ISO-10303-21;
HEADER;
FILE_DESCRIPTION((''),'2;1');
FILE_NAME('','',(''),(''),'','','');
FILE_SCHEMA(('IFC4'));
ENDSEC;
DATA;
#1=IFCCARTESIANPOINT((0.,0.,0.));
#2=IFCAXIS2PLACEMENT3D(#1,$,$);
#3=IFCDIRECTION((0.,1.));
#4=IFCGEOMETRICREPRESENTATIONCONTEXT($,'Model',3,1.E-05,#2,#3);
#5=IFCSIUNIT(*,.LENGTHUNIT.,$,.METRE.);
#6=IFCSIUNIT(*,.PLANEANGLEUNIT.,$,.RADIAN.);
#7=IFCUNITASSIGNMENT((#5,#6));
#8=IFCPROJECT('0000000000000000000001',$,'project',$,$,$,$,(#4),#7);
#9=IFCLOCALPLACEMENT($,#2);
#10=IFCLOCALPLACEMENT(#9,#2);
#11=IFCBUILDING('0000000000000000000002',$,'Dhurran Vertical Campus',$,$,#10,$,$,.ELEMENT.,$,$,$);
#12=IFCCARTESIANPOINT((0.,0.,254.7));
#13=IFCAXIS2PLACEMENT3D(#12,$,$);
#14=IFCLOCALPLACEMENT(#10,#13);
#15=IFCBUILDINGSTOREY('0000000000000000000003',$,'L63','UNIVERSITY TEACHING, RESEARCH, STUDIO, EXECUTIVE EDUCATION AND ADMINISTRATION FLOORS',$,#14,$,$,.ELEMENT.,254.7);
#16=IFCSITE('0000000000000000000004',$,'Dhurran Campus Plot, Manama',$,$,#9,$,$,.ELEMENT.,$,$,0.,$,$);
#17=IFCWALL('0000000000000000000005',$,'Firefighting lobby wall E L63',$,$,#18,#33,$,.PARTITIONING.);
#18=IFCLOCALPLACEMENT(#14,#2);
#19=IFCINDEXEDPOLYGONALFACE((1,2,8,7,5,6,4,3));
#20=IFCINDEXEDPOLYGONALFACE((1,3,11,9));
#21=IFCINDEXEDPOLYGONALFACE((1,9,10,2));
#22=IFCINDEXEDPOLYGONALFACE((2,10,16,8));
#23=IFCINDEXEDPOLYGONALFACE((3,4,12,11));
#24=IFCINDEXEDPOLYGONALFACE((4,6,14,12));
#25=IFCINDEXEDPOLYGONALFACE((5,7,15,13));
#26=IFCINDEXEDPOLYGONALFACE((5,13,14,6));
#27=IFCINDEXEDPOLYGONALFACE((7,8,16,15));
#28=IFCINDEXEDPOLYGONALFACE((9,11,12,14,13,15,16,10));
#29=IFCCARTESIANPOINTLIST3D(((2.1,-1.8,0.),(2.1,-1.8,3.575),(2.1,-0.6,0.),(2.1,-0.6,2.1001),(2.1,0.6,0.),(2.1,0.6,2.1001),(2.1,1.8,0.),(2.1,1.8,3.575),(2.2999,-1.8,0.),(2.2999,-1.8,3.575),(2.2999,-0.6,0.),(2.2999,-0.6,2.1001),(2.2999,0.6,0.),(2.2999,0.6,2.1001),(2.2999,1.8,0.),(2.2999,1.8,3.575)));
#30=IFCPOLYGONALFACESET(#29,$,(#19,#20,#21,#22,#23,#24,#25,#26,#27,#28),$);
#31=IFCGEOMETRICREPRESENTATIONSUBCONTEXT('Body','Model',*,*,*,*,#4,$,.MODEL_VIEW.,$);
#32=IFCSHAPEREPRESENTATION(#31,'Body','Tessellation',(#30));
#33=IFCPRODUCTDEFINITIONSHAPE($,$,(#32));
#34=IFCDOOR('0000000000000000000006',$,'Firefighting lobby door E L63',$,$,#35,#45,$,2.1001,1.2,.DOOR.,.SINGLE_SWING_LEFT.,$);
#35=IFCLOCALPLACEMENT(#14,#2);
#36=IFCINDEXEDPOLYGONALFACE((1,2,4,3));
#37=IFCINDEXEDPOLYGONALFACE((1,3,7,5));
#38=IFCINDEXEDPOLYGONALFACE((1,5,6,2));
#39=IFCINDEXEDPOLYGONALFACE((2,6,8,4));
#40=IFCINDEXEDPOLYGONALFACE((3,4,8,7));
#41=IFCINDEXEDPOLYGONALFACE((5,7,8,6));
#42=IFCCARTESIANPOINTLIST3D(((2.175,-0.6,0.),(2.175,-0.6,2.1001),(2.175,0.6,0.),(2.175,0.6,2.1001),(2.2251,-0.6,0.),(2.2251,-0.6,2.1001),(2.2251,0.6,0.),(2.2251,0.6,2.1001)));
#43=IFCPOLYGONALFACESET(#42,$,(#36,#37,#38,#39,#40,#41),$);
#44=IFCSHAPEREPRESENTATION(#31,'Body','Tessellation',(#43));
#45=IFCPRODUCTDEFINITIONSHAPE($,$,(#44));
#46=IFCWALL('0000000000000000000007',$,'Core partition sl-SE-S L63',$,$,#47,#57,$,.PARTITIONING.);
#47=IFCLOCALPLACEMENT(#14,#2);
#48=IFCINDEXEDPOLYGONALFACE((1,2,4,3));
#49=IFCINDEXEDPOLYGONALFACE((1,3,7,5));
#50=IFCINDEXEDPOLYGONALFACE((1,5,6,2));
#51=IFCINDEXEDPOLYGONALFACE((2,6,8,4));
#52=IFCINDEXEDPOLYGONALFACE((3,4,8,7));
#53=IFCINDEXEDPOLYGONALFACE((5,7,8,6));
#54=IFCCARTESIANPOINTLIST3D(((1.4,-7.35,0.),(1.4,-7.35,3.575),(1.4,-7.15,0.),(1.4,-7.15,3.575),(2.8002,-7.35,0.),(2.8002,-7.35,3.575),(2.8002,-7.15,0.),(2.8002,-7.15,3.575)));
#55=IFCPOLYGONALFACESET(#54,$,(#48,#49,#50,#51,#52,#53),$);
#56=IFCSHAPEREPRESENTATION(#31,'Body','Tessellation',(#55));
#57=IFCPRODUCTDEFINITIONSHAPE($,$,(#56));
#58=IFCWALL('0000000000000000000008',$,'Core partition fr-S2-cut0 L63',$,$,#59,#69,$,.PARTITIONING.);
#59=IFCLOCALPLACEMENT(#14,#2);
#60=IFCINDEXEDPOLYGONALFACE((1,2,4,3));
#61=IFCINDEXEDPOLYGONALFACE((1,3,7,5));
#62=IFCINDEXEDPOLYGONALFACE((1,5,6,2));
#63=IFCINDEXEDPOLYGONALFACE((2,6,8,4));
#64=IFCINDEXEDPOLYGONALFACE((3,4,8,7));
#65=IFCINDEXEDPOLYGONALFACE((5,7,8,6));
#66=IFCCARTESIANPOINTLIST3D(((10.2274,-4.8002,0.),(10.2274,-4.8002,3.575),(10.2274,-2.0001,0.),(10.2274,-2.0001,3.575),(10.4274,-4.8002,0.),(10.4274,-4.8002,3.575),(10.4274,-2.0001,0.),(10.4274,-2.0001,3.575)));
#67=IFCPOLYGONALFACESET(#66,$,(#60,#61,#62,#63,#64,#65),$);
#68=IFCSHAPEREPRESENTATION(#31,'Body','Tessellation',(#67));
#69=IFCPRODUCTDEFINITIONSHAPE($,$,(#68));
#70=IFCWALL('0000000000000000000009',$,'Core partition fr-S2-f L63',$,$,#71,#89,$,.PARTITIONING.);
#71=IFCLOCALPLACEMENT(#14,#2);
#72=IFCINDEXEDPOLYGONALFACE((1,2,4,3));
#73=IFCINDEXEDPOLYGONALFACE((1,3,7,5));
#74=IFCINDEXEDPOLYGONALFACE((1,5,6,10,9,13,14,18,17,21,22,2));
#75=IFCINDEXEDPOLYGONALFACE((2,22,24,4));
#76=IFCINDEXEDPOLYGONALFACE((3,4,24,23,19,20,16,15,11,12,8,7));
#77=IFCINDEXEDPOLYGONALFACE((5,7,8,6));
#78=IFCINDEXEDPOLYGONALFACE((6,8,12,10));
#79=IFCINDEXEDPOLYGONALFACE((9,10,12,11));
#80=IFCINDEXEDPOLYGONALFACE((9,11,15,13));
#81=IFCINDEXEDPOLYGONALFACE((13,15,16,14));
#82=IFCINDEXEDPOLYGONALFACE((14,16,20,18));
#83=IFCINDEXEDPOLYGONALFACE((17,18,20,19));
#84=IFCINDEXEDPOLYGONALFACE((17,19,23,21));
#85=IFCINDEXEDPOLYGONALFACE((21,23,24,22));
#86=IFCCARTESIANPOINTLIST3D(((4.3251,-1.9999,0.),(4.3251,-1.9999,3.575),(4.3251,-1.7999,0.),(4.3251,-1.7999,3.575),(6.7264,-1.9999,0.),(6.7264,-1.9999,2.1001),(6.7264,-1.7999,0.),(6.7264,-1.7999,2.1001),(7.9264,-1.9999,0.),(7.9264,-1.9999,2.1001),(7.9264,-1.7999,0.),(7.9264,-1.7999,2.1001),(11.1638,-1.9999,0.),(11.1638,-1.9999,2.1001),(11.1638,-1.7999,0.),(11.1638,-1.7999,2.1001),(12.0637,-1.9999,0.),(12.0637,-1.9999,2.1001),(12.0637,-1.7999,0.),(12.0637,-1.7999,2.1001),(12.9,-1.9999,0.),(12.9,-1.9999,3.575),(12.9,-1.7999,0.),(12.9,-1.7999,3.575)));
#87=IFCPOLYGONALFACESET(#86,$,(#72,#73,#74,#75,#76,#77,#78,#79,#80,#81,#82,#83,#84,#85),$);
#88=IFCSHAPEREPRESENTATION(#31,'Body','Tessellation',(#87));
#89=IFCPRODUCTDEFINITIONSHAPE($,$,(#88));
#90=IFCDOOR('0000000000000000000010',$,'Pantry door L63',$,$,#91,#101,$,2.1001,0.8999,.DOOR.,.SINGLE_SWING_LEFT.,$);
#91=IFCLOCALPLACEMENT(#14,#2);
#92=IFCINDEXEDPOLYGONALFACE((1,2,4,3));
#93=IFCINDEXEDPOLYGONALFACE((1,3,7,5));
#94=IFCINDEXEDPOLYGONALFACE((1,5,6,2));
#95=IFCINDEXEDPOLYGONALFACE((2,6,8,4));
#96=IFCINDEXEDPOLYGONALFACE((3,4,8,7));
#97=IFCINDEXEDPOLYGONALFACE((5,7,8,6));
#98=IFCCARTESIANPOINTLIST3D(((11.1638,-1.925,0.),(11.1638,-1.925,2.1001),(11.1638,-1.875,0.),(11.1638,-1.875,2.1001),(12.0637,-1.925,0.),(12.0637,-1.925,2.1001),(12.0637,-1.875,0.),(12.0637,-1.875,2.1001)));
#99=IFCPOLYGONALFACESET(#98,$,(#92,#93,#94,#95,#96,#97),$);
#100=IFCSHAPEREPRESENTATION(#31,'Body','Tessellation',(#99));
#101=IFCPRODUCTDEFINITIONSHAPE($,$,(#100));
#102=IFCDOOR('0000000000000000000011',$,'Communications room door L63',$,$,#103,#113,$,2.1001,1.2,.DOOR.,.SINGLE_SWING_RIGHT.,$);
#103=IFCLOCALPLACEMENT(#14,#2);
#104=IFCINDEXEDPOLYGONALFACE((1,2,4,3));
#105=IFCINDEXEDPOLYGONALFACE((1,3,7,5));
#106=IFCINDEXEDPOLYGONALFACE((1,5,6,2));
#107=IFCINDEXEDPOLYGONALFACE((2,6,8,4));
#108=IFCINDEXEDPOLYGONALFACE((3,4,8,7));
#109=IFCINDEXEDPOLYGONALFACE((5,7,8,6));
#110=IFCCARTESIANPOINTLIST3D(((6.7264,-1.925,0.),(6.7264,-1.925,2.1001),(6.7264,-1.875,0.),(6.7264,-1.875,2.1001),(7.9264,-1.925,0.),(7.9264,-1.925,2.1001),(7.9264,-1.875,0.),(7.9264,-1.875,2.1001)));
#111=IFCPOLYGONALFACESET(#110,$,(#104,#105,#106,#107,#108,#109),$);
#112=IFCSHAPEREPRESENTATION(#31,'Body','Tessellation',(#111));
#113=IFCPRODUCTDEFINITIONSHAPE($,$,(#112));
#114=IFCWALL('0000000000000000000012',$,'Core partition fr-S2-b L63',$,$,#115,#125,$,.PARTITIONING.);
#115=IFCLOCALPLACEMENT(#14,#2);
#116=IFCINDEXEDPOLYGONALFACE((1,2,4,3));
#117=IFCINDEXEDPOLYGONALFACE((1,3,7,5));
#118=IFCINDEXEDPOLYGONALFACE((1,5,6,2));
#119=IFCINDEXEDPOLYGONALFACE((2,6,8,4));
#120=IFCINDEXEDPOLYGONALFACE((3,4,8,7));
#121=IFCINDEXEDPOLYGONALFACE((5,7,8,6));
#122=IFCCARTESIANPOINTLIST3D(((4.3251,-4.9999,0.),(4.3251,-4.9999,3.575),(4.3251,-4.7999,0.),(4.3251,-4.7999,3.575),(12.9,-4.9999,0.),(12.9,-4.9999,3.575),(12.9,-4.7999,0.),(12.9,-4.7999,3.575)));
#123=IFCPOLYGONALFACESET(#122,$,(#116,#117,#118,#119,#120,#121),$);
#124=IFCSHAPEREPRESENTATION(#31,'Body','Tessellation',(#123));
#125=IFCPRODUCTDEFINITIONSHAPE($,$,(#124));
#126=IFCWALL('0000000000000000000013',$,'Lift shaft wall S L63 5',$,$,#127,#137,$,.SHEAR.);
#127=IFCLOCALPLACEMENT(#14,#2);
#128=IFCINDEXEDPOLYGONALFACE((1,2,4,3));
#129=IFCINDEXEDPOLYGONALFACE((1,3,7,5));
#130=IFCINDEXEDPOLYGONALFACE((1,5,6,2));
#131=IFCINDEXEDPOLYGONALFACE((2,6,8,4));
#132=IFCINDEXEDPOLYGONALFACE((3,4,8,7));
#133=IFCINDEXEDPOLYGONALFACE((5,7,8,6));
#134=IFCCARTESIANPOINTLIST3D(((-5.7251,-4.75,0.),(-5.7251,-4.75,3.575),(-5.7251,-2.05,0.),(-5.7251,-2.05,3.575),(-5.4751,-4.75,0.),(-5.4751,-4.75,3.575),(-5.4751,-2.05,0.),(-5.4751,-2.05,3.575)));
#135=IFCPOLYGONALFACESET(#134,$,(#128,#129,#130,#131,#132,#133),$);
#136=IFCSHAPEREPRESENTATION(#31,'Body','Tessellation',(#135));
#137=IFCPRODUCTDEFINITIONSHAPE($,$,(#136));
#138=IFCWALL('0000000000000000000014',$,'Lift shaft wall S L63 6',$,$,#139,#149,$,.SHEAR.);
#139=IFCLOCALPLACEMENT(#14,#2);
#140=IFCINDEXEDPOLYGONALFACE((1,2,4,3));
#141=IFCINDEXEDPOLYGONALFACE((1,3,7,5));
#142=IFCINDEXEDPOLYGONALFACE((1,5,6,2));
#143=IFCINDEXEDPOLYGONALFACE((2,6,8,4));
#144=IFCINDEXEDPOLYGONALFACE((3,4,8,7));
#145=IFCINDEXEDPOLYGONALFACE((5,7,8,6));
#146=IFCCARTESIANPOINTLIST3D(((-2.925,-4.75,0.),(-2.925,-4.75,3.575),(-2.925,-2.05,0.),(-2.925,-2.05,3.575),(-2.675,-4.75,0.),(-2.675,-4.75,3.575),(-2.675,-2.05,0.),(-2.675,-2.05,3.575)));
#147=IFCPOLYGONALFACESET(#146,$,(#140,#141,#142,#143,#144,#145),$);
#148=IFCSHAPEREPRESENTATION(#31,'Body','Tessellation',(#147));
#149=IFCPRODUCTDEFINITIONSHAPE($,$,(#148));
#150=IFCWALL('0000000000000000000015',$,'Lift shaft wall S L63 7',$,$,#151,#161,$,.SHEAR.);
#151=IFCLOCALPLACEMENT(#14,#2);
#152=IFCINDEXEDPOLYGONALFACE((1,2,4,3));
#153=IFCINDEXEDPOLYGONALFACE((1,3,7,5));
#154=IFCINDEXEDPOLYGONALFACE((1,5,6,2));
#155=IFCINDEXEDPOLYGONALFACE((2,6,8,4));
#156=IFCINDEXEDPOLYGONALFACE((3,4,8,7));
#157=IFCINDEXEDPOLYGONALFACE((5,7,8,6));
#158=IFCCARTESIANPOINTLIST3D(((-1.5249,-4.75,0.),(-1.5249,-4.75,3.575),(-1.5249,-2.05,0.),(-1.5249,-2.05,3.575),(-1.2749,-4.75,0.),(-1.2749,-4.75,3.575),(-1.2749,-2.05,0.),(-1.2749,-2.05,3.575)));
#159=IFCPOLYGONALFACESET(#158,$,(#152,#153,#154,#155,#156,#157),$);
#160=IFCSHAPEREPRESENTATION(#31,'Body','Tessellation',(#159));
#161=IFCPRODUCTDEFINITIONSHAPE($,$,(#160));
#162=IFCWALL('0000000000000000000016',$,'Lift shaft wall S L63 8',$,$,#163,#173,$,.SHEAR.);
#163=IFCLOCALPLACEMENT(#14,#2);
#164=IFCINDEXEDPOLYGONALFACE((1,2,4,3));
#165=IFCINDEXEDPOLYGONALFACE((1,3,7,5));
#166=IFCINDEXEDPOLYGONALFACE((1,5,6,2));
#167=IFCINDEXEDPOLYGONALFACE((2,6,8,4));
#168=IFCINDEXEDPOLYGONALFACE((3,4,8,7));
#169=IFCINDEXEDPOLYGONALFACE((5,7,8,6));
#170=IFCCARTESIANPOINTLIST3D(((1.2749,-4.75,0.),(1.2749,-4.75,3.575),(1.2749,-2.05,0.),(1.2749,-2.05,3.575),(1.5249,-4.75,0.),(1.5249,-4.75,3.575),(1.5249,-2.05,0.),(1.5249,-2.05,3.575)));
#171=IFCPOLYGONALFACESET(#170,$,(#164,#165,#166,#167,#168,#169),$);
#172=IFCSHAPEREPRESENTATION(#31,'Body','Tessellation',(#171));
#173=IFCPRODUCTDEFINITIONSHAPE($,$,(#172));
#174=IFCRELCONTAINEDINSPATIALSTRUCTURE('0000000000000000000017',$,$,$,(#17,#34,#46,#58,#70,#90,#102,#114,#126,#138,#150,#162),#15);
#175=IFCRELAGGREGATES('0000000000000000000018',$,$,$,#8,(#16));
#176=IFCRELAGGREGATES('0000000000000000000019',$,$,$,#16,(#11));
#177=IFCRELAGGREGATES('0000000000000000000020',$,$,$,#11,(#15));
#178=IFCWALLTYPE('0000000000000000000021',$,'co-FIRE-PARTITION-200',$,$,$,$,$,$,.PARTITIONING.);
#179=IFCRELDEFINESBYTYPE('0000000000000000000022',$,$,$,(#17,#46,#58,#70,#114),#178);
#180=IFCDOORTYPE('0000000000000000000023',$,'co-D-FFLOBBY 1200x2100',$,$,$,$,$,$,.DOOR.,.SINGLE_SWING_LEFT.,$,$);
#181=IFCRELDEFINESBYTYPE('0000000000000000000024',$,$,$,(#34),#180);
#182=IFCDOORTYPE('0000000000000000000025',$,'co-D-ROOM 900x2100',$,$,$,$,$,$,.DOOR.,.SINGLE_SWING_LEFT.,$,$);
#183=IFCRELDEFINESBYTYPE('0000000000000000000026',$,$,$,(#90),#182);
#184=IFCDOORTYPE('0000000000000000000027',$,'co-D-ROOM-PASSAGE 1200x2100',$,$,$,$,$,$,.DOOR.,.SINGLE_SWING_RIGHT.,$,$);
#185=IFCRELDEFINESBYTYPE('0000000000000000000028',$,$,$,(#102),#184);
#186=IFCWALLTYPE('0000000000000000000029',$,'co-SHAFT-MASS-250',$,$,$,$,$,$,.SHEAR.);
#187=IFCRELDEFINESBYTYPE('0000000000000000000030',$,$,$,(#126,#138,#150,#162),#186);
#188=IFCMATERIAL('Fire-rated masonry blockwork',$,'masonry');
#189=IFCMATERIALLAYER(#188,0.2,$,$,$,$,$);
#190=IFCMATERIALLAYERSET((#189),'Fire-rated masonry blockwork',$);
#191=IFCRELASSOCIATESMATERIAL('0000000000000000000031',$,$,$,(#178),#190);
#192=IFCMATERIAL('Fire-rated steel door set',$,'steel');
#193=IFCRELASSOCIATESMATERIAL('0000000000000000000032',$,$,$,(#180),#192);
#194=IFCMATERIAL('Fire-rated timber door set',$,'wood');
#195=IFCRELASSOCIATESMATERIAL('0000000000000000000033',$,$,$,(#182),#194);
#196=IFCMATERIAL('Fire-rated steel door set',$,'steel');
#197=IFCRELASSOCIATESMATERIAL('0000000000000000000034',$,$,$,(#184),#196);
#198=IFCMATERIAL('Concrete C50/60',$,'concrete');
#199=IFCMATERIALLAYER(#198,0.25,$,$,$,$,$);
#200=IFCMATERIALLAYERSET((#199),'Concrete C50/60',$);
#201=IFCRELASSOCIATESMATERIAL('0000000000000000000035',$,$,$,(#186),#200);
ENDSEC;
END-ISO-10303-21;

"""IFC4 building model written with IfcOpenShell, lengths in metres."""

from ifc_helpers import new_model, si_unit, direction, frame, frame_2d, origin, place, context, subcontext, project, spatial, polyline, rectangle, outline, extrude, material, layer, layer_set, type_object, element, fill, save


model = new_model("IFC4")

# Units and contexts
model_context = context("Model", 3, precision=1e-05, world=origin(), true_north=direction((0.0, 1.0)))
body_context = subcontext(model_context, "Body", "Model", "MODEL_VIEW")
ifc_project = project(units=[si_unit("LENGTHUNIT", "METRE"), si_unit("PLANEANGLEUNIT", "RADIAN")], contexts=[model_context])

# Site, building, storey
site_placement = place(None, origin())
site = spatial("IfcSite", under=ifc_project, at=site_placement, Name="Dhurran Campus Plot, Manama", CompositionType="ELEMENT", RefElevation=0.0)
building_placement = place(site_placement, origin())
building = spatial("IfcBuilding", under=site, at=building_placement, Name="Dhurran Vertical Campus", CompositionType="ELEMENT")
storey_placement = place(building_placement, frame((0.0, 0.0, 254.7)))
storey = spatial("IfcBuildingStorey", under=building, at=storey_placement, Name="L63", Description="UNIVERSITY TEACHING, RESEARCH, STUDIO, EXECUTIVE EDUCATION AND ADMINISTRATION FLOORS", CompositionType="ELEMENT", Elevation=254.7)

# Wall, opening, door
ifc_material_1 = material(Name="Fire-rated masonry blockwork", Category="masonry")
ifc_layer_1 = layer(ifc_material_1, 0.2)
ifc_layer_set_1 = layer_set([ifc_layer_1], Name="Fire-rated masonry blockwork")
wall_type_1 = type_object("IfcWallType", Name="co-FIRE-PARTITION-200", PredefinedType="PARTITIONING", material=ifc_layer_set_1)
wall_1_placement = place(storey_placement, frame((2.2, -1.8, 0.0), z_axis=(0.0, 0.0, 1.0), x_axis=(0.0, 1.0, 0.0)))
wall_1 = element("IfcWall", 1, at=wall_1_placement, inside=storey, type_object=wall_type_1, Name="Firefighting lobby wall E L63", PredefinedType="PARTITIONING", context=body_context, shape_type="SweptSolid", body=[
    extrude(rectangle(XDim=3.6001, YDim=0.2, at=frame_2d((1.8, 0.0))), origin(), (0.0, 0.0, 1.0), 3.575),
])
opening_1_placement = place(wall_1_placement, frame((1.2, 0.0, 0.0)))
opening_1 = element("IfcOpeningElement", 2, at=opening_1_placement, cuts=wall_1, PredefinedType="OPENING", context=body_context, shape_type="SweptSolid", body=[
    extrude(rectangle(XDim=1.2, YDim=2.1001, at=frame_2d((0.6001, 1.05))), frame((0.0, 0.1099, 0.0), z_axis=(0.0, -1.0, 0.0), x_axis=(1.0, 0.0, 0.0)), (0.0, 0.0, 1.0), 0.22),
])
ifc_material_2 = material(Name="Fire-rated steel door set", Category="steel")
door_type_1 = type_object("IfcDoorType", Name="co-D-FFLOBBY 1200x2100", OperationType="SINGLE_SWING_LEFT", PredefinedType="DOOR", material=ifc_material_2)
door_1_placement = place(opening_1_placement, origin())
door_1 = element("IfcDoor", 3, at=door_1_placement, inside=storey, type_object=door_type_1, Name="Firefighting lobby door E L63", OperationType="SINGLE_SWING_LEFT", OverallHeight=2.1001, OverallWidth=1.2, PredefinedType="DOOR", context=body_context, shape_type="SweptSolid", body=[
    extrude(rectangle(XDim=1.2, YDim=2.1001, at=frame_2d((0.6001, 1.05))), frame((0.0, 0.0249, 0.0), z_axis=(0.0, -1.0, 0.0), x_axis=(1.0, 0.0, 0.0)), (0.0, 0.0, 1.0), 0.05),
])
fill(opening_1, door_1)

# Walls
wall_2_placement = place(storey_placement, frame((1.3999, -7.25, 0.0), z_axis=(0.0, 0.0, 1.0), x_axis=(1.0, 0.0, 0.0)))
element("IfcWall", 4, at=wall_2_placement, inside=storey, type_object=wall_type_1, Name="Core partition sl-SE-S L63", PredefinedType="PARTITIONING", context=body_context, shape_type="SweptSolid", body=[
    extrude(rectangle(XDim=1.4001, YDim=0.2, at=frame_2d((0.7002, 0.0))), origin(), (0.0, 0.0, 1.0), 3.575),
])
wall_3_placement = place(storey_placement, frame((10.3274, -4.8, 0.0), z_axis=(0.0, 0.0, 1.0), x_axis=(0.0, 1.0, 0.0)))
element("IfcWall", 5, at=wall_3_placement, inside=storey, type_object=wall_type_1, Name="Core partition fr-S2-cut0 L63", PredefinedType="PARTITIONING", context=body_context, shape_type="SweptSolid", body=[
    extrude(rectangle(XDim=2.8, YDim=0.2, at=frame_2d((1.3999, 0.0))), origin(), (0.0, 0.0, 1.0), 3.575),
])

# Wall, openings, doors
wall_4_placement = place(storey_placement, frame((4.325, -1.8999, 0.0), z_axis=(0.0, 0.0, 1.0), x_axis=(1.0, 0.0, 0.0)))
wall_4 = element("IfcWall", 6, at=wall_4_placement, inside=storey, type_object=wall_type_1, Name="Core partition fr-S2-f L63", PredefinedType="PARTITIONING", context=body_context, shape_type="SweptSolid", body=[
    extrude(rectangle(XDim=8.575, YDim=0.2, at=frame_2d((4.2876, 0.0))), origin(), (0.0, 0.0, 1.0), 3.575),
])
opening_2_placement = place(wall_4_placement, frame((2.4014, 0.0, 0.0)))
opening_2 = element("IfcOpeningElement", 7, at=opening_2_placement, cuts=wall_4, PredefinedType="OPENING", context=body_context, shape_type="SweptSolid", body=[
    extrude(rectangle(XDim=1.2, YDim=2.1001, at=frame_2d((0.6001, 1.05))), frame((0.0, 0.1099, 0.0), z_axis=(0.0, -1.0, 0.0), x_axis=(1.0, 0.0, 0.0)), (0.0, 0.0, 1.0), 0.22),
])
opening_3_placement = place(wall_4_placement, frame((6.8389, 0.0, 0.0)))
opening_3 = element("IfcOpeningElement", 8, at=opening_3_placement, cuts=wall_4, PredefinedType="OPENING", context=body_context, shape_type="SweptSolid", body=[
    extrude(rectangle(XDim=0.8999, YDim=2.1001, at=frame_2d((0.45, 1.05))), frame((0.0, 0.1099, 0.0), z_axis=(0.0, -1.0, 0.0), x_axis=(1.0, 0.0, 0.0)), (0.0, 0.0, 1.0), 0.22),
])
ifc_material_3 = material(Name="Fire-rated timber door set", Category="wood")
door_type_2 = type_object("IfcDoorType", Name="co-D-ROOM 900x2100", OperationType="SINGLE_SWING_LEFT", PredefinedType="DOOR", material=ifc_material_3)
door_2_placement = place(opening_3_placement, origin())
door_2 = element("IfcDoor", 9, at=door_2_placement, inside=storey, type_object=door_type_2, Name="Pantry door L63", OperationType="SINGLE_SWING_LEFT", OverallHeight=2.1001, OverallWidth=0.8999, PredefinedType="DOOR", context=body_context, shape_type="SweptSolid", body=[
    extrude(rectangle(XDim=0.8999, YDim=2.1001, at=frame_2d((0.45, 1.05))), frame((0.0, 0.0249, 0.0), z_axis=(0.0, -1.0, 0.0), x_axis=(1.0, 0.0, 0.0)), (0.0, 0.0, 1.0), 0.05),
])
fill(opening_3, door_2)
ifc_material_4 = material(Name="Fire-rated steel door set", Category="steel")
door_type_3 = type_object("IfcDoorType", Name="co-D-ROOM-PASSAGE 1200x2100", OperationType="SINGLE_SWING_RIGHT", PredefinedType="DOOR", material=ifc_material_4)
door_3_placement = place(opening_2_placement, origin())
door_3 = element("IfcDoor", 10, at=door_3_placement, inside=storey, type_object=door_type_3, Name="Communications room door L63", OperationType="SINGLE_SWING_RIGHT", OverallHeight=2.1001, OverallWidth=1.2, PredefinedType="DOOR", context=body_context, shape_type="SweptSolid", body=[
    extrude(rectangle(XDim=1.2, YDim=2.1001, at=frame_2d((0.6001, 1.05))), frame((0.0, 0.0249, 0.0), z_axis=(0.0, -1.0, 0.0), x_axis=(1.0, 0.0, 0.0)), (0.0, 0.0, 1.0), 0.05),
])
fill(opening_2, door_3)

# Walls
wall_5_placement = place(storey_placement, frame((4.325, -4.8999, 0.0), z_axis=(0.0, 0.0, 1.0), x_axis=(1.0, 0.0, 0.0)))
element("IfcWall", 11, at=wall_5_placement, inside=storey, type_object=wall_type_1, Name="Core partition fr-S2-b L63", PredefinedType="PARTITIONING", context=body_context, shape_type="SweptSolid", body=[
    extrude(rectangle(XDim=8.575, YDim=0.2, at=frame_2d((4.2876, 0.0))), origin(), (0.0, 0.0, 1.0), 3.575),
])
ifc_material_5 = material(Name="Concrete C50/60", Category="concrete")
ifc_layer_2 = layer(ifc_material_5, 0.25)
ifc_layer_set_2 = layer_set([ifc_layer_2], Name="Concrete C50/60")
wall_type_2 = type_object("IfcWallType", Name="co-SHAFT-MASS-250", PredefinedType="SHEAR", material=ifc_layer_set_2)
wall_6_placement = place(storey_placement, origin())
element("IfcWall", 12, at=wall_6_placement, inside=storey, type_object=wall_type_2, Name="Lift shaft wall S L63 5", PredefinedType="SHEAR", context=body_context, shape_type="SweptSolid", body=[
    extrude(outline(polyline([(-5.7251, -4.75), (-5.4751, -4.75), (-5.4751, -2.05), (-5.7251, -2.05), (-5.7251, -4.75)])), origin(), (0.0, 0.0, 1.0), 3.575),
])
wall_7_placement = place(storey_placement, origin())
element("IfcWall", 13, at=wall_7_placement, inside=storey, type_object=wall_type_2, Name="Lift shaft wall S L63 6", PredefinedType="SHEAR", context=body_context, shape_type="SweptSolid", body=[
    extrude(outline(polyline([(-2.925, -4.75), (-2.675, -4.75), (-2.675, -2.05), (-2.925, -2.05), (-2.925, -4.75)])), origin(), (0.0, 0.0, 1.0), 3.575),
])
wall_8_placement = place(storey_placement, origin())
element("IfcWall", 14, at=wall_8_placement, inside=storey, type_object=wall_type_2, Name="Lift shaft wall S L63 7", PredefinedType="SHEAR", context=body_context, shape_type="SweptSolid", body=[
    extrude(outline(polyline([(-1.5249, -4.75), (-1.2749, -4.75), (-1.2749, -2.05), (-1.5249, -2.05), (-1.5249, -4.75)])), origin(), (0.0, 0.0, 1.0), 3.575),
])
wall_9_placement = place(storey_placement, origin())
element("IfcWall", 15, at=wall_9_placement, inside=storey, type_object=wall_type_2, Name="Lift shaft wall S L63 8", PredefinedType="SHEAR", context=body_context, shape_type="SweptSolid", body=[
    extrude(outline(polyline([(1.2749, -4.75), (1.5249, -4.75), (1.5249, -2.05), (1.2749, -2.05), (1.2749, -4.75)])), origin(), (0.0, 0.0, 1.0), 3.575),
])

save(model, "model.ifc")
